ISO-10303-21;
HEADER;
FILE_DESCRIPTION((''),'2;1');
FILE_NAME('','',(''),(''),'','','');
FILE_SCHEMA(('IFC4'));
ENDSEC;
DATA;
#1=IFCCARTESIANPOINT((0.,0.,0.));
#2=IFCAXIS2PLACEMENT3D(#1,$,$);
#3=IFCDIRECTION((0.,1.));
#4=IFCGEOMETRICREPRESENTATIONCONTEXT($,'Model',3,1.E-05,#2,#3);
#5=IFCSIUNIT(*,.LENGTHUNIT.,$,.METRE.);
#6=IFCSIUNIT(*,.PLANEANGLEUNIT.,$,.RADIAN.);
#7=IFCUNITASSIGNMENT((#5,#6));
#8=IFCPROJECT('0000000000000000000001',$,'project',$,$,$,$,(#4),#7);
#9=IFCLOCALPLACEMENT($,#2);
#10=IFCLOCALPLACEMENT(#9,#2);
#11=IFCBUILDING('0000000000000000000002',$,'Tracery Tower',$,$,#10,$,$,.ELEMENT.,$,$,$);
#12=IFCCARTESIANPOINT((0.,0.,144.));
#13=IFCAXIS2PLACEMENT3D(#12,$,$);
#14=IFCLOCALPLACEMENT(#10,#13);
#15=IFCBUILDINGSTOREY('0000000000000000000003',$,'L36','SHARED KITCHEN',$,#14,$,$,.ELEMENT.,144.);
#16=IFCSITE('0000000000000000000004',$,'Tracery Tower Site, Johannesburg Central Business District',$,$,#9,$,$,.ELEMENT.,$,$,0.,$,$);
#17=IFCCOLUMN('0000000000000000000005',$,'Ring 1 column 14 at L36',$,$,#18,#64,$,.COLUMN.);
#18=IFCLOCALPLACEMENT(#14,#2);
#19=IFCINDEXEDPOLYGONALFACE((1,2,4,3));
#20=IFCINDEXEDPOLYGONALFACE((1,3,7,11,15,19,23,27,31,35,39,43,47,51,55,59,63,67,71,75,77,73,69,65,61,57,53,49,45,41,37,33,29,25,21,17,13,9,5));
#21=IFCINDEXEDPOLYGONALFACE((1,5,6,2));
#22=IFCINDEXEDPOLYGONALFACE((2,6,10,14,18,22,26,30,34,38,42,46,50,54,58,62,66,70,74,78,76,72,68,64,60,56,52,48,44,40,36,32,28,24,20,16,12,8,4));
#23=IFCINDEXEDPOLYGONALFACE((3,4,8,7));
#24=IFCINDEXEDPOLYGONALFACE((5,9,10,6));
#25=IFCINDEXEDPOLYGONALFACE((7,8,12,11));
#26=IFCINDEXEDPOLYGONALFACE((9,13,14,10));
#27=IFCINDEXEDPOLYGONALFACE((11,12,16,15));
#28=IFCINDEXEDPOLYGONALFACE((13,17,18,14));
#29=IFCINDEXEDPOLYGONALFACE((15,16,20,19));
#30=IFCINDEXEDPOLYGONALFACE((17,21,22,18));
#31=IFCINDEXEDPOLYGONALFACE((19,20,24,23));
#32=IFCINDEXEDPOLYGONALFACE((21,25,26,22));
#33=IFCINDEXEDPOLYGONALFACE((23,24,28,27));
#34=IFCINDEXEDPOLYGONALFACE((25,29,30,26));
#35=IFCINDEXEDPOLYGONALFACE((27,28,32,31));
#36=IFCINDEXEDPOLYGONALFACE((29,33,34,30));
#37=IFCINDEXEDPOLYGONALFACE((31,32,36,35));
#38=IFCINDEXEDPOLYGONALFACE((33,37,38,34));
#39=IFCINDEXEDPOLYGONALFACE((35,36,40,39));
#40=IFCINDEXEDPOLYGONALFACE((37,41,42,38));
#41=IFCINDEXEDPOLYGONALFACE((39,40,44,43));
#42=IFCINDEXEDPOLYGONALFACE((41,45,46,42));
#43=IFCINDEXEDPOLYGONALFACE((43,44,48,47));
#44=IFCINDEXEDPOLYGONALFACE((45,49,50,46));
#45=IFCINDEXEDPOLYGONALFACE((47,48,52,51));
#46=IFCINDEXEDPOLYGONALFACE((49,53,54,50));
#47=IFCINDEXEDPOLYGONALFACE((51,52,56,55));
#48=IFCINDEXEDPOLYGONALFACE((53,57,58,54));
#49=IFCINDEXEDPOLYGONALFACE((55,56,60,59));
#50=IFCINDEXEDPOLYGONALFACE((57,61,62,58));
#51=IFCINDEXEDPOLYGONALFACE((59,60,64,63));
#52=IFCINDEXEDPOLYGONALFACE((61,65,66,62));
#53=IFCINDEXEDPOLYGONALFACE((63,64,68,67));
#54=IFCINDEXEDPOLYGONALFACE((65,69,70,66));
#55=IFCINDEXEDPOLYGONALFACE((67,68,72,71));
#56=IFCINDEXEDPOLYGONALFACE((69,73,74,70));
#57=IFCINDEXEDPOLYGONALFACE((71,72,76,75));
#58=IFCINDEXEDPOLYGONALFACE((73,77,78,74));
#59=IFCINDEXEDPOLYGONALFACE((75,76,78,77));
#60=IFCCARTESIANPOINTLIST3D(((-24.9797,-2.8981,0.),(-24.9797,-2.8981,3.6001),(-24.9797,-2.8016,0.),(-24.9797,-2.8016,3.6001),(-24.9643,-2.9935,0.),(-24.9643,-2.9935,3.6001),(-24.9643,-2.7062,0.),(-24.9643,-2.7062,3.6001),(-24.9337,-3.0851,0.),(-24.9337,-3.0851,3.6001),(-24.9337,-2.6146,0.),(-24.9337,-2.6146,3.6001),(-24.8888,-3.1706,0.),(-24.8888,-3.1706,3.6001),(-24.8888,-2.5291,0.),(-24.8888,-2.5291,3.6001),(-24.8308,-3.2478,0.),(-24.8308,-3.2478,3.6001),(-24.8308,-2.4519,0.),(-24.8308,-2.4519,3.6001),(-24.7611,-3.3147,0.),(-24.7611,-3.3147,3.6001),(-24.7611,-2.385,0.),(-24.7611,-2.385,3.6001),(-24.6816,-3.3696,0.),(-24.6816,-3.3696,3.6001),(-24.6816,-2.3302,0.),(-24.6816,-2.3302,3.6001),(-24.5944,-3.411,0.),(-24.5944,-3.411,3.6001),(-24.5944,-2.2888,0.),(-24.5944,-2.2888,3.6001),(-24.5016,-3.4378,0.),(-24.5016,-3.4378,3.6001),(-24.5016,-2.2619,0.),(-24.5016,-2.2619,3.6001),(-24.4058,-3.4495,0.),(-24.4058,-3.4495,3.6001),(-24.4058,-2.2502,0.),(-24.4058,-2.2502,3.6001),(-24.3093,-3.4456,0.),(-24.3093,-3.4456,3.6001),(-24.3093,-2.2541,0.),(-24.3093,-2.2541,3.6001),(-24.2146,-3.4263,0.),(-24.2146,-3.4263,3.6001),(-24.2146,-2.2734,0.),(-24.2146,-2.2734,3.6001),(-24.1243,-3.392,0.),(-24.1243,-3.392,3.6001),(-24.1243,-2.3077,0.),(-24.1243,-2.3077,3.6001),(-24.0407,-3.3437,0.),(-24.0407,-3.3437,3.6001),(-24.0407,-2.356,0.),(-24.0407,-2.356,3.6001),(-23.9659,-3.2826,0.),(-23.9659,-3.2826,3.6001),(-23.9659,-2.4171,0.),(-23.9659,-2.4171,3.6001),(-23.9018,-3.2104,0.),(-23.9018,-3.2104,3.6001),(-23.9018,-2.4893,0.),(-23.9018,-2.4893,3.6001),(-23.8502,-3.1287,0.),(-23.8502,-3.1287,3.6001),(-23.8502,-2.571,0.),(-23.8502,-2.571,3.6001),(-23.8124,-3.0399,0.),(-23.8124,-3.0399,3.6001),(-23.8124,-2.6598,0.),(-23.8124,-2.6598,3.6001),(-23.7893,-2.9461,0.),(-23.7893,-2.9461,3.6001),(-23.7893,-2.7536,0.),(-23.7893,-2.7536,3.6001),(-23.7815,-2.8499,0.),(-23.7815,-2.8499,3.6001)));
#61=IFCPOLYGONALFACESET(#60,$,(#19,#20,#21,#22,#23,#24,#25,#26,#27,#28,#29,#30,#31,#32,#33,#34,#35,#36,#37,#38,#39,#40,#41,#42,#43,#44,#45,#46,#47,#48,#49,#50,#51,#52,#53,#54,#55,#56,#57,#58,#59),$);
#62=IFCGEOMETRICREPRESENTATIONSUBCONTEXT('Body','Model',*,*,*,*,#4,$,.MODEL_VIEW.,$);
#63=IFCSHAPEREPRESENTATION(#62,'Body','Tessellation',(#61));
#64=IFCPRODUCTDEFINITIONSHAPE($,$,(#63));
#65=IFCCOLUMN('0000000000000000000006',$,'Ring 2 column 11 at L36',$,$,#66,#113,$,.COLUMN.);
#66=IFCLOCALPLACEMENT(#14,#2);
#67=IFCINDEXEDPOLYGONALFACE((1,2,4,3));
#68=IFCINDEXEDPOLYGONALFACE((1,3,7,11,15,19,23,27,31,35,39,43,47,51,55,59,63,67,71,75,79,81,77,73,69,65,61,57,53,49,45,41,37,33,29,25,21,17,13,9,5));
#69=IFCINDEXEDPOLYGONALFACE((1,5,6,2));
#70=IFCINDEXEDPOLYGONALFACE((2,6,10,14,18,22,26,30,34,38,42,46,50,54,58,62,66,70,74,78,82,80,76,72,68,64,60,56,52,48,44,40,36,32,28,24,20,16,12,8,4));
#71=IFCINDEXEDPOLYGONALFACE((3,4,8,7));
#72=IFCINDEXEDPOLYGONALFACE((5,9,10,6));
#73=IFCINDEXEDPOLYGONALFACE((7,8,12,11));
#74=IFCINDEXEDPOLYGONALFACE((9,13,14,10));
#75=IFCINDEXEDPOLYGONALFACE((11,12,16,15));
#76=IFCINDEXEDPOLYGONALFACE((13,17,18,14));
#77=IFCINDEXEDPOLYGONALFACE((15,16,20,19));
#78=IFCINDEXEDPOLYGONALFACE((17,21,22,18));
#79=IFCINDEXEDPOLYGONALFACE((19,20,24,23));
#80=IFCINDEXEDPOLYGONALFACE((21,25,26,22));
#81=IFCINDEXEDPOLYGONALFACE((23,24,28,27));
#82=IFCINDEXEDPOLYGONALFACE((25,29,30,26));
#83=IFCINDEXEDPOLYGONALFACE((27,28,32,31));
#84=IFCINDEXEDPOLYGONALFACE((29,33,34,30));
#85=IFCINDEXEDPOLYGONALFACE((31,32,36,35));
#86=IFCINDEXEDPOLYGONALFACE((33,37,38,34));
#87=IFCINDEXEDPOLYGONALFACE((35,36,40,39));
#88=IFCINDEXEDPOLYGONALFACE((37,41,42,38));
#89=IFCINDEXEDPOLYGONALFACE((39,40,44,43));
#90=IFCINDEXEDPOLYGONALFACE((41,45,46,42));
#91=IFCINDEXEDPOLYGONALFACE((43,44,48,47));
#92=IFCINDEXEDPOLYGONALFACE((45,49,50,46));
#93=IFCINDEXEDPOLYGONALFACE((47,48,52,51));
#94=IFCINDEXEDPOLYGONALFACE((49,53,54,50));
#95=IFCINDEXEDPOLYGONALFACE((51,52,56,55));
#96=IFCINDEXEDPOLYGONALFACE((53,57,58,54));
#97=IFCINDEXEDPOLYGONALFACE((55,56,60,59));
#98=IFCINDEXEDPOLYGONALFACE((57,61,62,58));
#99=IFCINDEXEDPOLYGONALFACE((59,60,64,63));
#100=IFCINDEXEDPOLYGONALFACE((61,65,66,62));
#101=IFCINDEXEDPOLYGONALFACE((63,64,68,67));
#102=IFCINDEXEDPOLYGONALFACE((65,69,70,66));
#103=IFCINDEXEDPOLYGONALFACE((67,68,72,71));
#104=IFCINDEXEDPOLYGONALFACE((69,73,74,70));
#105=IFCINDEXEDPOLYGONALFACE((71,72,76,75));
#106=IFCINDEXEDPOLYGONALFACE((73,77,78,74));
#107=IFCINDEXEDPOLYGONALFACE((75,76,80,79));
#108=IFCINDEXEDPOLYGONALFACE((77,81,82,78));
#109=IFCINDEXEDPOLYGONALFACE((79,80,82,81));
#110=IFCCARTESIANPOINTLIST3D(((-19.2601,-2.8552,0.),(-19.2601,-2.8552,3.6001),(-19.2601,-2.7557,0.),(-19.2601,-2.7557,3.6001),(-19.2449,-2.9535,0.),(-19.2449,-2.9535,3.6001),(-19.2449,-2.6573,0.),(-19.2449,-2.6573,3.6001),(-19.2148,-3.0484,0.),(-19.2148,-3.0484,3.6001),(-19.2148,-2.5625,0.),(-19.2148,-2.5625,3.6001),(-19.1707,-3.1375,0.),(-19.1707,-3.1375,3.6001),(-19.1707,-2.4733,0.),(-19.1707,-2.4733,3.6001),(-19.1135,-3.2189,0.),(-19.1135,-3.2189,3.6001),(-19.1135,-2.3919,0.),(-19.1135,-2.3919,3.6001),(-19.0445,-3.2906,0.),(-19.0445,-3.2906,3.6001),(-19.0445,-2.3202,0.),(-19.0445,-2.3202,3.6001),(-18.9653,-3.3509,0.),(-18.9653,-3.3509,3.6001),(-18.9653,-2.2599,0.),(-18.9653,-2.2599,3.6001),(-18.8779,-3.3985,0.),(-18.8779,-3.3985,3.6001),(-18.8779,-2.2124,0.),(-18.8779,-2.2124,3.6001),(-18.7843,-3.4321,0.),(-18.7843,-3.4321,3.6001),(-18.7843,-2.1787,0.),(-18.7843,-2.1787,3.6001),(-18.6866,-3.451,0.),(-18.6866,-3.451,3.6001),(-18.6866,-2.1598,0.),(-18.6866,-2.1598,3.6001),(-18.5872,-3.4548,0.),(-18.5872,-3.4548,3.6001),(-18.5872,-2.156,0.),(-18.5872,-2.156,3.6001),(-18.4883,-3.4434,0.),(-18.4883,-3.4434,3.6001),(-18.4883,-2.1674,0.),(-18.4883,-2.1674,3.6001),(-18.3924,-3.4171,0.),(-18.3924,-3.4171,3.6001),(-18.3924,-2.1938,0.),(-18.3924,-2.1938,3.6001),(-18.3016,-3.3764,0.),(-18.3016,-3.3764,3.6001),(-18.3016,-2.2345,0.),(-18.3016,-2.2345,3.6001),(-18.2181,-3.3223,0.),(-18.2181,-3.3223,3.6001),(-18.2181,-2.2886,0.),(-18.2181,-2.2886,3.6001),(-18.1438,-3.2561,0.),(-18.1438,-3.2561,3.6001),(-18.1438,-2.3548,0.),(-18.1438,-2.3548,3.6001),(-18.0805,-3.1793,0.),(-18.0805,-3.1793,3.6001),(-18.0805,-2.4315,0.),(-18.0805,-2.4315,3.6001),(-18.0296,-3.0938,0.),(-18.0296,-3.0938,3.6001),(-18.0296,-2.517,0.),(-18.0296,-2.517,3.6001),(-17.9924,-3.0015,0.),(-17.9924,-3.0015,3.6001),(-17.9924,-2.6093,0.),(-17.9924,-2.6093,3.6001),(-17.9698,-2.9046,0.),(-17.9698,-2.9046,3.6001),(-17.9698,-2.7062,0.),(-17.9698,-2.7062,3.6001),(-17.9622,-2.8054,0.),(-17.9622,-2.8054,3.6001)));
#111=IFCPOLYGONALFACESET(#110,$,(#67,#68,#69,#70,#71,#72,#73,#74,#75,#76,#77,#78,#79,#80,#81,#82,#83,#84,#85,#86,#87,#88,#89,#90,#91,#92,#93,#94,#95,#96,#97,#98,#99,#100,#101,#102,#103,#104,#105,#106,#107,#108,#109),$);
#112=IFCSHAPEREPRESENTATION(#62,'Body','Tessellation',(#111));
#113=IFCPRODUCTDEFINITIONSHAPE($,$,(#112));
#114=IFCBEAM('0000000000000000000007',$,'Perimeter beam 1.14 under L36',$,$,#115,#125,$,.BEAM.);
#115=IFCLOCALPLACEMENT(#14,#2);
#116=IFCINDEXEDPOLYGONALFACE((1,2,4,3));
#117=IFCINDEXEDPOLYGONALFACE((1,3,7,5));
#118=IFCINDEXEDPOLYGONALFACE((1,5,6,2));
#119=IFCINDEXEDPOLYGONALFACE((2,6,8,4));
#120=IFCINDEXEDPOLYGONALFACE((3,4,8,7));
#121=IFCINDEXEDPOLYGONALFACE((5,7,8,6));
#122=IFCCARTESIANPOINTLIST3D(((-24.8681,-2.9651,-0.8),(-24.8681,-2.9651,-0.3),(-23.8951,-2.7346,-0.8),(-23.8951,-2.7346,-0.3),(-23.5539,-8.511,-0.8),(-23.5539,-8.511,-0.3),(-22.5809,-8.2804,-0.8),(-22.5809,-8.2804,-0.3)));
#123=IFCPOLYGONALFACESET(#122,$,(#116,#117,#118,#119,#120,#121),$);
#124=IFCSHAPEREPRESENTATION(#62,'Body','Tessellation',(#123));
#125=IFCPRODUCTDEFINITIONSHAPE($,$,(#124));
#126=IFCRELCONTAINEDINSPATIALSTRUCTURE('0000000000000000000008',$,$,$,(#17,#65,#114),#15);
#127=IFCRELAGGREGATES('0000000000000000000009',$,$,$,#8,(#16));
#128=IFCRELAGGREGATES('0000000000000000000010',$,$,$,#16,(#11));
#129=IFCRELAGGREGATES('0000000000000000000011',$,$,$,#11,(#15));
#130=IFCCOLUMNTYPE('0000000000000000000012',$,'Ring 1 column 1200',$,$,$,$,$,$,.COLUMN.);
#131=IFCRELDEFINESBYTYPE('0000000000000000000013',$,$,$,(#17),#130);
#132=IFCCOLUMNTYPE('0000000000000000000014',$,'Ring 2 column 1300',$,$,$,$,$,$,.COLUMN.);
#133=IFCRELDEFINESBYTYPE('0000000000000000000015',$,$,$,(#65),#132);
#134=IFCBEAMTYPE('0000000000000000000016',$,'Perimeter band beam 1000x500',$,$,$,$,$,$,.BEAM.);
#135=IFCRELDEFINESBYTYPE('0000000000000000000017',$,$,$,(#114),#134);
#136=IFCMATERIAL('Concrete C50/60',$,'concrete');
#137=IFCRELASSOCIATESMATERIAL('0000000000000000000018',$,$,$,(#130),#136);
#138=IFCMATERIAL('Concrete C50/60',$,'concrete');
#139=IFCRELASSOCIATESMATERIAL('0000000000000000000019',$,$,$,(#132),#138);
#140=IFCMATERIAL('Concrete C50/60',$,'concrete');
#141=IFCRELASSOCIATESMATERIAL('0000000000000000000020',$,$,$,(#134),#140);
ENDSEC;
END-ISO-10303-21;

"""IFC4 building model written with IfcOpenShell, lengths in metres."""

from ifc_helpers import new_model, si_unit, direction, frame, origin, origin_2d, place, context, subcontext, project, spatial, rectangle, circle, extrude, material, material_profile, profile_set, type_object, element, save


model = new_model("IFC4")

# Units and contexts
model_context = context("Model", 3, precision=1e-05, world=origin(), true_north=direction((0.0, 1.0)))
body_context = subcontext(model_context, "Body", "Model", "MODEL_VIEW")
ifc_project = project(units=[si_unit("LENGTHUNIT", "METRE"), si_unit("PLANEANGLEUNIT", "RADIAN")], contexts=[model_context])

# Site, building, storey
site_placement = place(None, origin())
site = spatial("IfcSite", under=ifc_project, at=site_placement, Name="Tracery Tower Site, Johannesburg Central Business District", CompositionType="ELEMENT", RefElevation=0.0)
building_placement = place(site_placement, origin())
building = spatial("IfcBuilding", under=site, at=building_placement, Name="Tracery Tower", CompositionType="ELEMENT")
storey_placement = place(building_placement, frame((0.0, 0.0, 144.0)))
storey = spatial("IfcBuildingStorey", under=building, at=storey_placement, Name="L36", Description="SHARED KITCHEN", CompositionType="ELEMENT", Elevation=144.0)

# Columns
ifc_material_1 = material(Name="Concrete C50/60", Category="concrete")
ifc_material_profile_1 = material_profile(ifc_material_1, circle(Radius=0.6001, at=origin_2d()), Name="RC D1200")
ifc_profile_set_1 = profile_set([ifc_material_profile_1], Name="Concrete C50/60")
column_type_1 = type_object("IfcColumnType", Name="Ring 1 column 1200", PredefinedType="COLUMN", material=ifc_profile_set_1)
column_1_placement = place(storey_placement, frame((-24.3816, -2.8499, 0.0), z_axis=(0.0, 0.0, 1.0), x_axis=(1.0, 0.0, 0.0)))
element("IfcColumn", 1, at=column_1_placement, inside=storey, type_object=column_type_1, Name="Ring 1 column 14 at L36", PredefinedType="COLUMN", context=body_context, shape_type="SweptSolid", body=[
    extrude(circle(Radius=0.6001, at=origin_2d()), origin(), (0.0, 0.0, 1.0), 3.6001),
])
ifc_material_2 = material(Name="Concrete C50/60", Category="concrete")
ifc_material_profile_2 = material_profile(ifc_material_2, circle(Radius=0.6499, at=origin_2d()), Name="RC D1300")
ifc_profile_set_2 = profile_set([ifc_material_profile_2], Name="Concrete C50/60")
column_type_2 = type_object("IfcColumnType", Name="Ring 2 column 1300", PredefinedType="COLUMN", material=ifc_profile_set_2)
column_2_placement = place(storey_placement, frame((-18.6121, -2.8054, 0.0), z_axis=(0.0, 0.0, 1.0), x_axis=(1.0, 0.0, 0.0)))
element("IfcColumn", 2, at=column_2_placement, inside=storey, type_object=column_type_2, Name="Ring 2 column 11 at L36", PredefinedType="COLUMN", context=body_context, shape_type="SweptSolid", body=[
    extrude(circle(Radius=0.6499, at=origin_2d()), origin(), (0.0, 0.0, 1.0), 3.6001),
])

# Beam
ifc_material_3 = material(Name="Concrete C50/60", Category="concrete")
ifc_material_profile_3 = material_profile(ifc_material_3, rectangle(XDim=1.0, YDim=0.5, at=origin_2d()), Name="RC 1000x500")
ifc_profile_set_3 = profile_set([ifc_material_profile_3], Name="Concrete C50/60")
beam_type = type_object("IfcBeamType", Name="Perimeter band beam 1000x500", PredefinedType="BEAM", material=ifc_profile_set_3)
beam_placement = place(storey_placement, frame((-24.3816, -2.8499, -0.55), z_axis=(0.230584, -0.973052, 0.0), x_axis=(0.973052, 0.230584, 0.0)))
element("IfcBeam", 3, at=beam_placement, inside=storey, type_object=beam_type, Name="Perimeter beam 1.14 under L36", PredefinedType="BEAM", context=body_context, shape_type="SweptSolid", body=[
    extrude(rectangle(XDim=1.0, YDim=0.5, at=origin_2d()), origin(), (0.0, 0.0, 1.0), 5.6995),
])

save(model, "model.ifc")
